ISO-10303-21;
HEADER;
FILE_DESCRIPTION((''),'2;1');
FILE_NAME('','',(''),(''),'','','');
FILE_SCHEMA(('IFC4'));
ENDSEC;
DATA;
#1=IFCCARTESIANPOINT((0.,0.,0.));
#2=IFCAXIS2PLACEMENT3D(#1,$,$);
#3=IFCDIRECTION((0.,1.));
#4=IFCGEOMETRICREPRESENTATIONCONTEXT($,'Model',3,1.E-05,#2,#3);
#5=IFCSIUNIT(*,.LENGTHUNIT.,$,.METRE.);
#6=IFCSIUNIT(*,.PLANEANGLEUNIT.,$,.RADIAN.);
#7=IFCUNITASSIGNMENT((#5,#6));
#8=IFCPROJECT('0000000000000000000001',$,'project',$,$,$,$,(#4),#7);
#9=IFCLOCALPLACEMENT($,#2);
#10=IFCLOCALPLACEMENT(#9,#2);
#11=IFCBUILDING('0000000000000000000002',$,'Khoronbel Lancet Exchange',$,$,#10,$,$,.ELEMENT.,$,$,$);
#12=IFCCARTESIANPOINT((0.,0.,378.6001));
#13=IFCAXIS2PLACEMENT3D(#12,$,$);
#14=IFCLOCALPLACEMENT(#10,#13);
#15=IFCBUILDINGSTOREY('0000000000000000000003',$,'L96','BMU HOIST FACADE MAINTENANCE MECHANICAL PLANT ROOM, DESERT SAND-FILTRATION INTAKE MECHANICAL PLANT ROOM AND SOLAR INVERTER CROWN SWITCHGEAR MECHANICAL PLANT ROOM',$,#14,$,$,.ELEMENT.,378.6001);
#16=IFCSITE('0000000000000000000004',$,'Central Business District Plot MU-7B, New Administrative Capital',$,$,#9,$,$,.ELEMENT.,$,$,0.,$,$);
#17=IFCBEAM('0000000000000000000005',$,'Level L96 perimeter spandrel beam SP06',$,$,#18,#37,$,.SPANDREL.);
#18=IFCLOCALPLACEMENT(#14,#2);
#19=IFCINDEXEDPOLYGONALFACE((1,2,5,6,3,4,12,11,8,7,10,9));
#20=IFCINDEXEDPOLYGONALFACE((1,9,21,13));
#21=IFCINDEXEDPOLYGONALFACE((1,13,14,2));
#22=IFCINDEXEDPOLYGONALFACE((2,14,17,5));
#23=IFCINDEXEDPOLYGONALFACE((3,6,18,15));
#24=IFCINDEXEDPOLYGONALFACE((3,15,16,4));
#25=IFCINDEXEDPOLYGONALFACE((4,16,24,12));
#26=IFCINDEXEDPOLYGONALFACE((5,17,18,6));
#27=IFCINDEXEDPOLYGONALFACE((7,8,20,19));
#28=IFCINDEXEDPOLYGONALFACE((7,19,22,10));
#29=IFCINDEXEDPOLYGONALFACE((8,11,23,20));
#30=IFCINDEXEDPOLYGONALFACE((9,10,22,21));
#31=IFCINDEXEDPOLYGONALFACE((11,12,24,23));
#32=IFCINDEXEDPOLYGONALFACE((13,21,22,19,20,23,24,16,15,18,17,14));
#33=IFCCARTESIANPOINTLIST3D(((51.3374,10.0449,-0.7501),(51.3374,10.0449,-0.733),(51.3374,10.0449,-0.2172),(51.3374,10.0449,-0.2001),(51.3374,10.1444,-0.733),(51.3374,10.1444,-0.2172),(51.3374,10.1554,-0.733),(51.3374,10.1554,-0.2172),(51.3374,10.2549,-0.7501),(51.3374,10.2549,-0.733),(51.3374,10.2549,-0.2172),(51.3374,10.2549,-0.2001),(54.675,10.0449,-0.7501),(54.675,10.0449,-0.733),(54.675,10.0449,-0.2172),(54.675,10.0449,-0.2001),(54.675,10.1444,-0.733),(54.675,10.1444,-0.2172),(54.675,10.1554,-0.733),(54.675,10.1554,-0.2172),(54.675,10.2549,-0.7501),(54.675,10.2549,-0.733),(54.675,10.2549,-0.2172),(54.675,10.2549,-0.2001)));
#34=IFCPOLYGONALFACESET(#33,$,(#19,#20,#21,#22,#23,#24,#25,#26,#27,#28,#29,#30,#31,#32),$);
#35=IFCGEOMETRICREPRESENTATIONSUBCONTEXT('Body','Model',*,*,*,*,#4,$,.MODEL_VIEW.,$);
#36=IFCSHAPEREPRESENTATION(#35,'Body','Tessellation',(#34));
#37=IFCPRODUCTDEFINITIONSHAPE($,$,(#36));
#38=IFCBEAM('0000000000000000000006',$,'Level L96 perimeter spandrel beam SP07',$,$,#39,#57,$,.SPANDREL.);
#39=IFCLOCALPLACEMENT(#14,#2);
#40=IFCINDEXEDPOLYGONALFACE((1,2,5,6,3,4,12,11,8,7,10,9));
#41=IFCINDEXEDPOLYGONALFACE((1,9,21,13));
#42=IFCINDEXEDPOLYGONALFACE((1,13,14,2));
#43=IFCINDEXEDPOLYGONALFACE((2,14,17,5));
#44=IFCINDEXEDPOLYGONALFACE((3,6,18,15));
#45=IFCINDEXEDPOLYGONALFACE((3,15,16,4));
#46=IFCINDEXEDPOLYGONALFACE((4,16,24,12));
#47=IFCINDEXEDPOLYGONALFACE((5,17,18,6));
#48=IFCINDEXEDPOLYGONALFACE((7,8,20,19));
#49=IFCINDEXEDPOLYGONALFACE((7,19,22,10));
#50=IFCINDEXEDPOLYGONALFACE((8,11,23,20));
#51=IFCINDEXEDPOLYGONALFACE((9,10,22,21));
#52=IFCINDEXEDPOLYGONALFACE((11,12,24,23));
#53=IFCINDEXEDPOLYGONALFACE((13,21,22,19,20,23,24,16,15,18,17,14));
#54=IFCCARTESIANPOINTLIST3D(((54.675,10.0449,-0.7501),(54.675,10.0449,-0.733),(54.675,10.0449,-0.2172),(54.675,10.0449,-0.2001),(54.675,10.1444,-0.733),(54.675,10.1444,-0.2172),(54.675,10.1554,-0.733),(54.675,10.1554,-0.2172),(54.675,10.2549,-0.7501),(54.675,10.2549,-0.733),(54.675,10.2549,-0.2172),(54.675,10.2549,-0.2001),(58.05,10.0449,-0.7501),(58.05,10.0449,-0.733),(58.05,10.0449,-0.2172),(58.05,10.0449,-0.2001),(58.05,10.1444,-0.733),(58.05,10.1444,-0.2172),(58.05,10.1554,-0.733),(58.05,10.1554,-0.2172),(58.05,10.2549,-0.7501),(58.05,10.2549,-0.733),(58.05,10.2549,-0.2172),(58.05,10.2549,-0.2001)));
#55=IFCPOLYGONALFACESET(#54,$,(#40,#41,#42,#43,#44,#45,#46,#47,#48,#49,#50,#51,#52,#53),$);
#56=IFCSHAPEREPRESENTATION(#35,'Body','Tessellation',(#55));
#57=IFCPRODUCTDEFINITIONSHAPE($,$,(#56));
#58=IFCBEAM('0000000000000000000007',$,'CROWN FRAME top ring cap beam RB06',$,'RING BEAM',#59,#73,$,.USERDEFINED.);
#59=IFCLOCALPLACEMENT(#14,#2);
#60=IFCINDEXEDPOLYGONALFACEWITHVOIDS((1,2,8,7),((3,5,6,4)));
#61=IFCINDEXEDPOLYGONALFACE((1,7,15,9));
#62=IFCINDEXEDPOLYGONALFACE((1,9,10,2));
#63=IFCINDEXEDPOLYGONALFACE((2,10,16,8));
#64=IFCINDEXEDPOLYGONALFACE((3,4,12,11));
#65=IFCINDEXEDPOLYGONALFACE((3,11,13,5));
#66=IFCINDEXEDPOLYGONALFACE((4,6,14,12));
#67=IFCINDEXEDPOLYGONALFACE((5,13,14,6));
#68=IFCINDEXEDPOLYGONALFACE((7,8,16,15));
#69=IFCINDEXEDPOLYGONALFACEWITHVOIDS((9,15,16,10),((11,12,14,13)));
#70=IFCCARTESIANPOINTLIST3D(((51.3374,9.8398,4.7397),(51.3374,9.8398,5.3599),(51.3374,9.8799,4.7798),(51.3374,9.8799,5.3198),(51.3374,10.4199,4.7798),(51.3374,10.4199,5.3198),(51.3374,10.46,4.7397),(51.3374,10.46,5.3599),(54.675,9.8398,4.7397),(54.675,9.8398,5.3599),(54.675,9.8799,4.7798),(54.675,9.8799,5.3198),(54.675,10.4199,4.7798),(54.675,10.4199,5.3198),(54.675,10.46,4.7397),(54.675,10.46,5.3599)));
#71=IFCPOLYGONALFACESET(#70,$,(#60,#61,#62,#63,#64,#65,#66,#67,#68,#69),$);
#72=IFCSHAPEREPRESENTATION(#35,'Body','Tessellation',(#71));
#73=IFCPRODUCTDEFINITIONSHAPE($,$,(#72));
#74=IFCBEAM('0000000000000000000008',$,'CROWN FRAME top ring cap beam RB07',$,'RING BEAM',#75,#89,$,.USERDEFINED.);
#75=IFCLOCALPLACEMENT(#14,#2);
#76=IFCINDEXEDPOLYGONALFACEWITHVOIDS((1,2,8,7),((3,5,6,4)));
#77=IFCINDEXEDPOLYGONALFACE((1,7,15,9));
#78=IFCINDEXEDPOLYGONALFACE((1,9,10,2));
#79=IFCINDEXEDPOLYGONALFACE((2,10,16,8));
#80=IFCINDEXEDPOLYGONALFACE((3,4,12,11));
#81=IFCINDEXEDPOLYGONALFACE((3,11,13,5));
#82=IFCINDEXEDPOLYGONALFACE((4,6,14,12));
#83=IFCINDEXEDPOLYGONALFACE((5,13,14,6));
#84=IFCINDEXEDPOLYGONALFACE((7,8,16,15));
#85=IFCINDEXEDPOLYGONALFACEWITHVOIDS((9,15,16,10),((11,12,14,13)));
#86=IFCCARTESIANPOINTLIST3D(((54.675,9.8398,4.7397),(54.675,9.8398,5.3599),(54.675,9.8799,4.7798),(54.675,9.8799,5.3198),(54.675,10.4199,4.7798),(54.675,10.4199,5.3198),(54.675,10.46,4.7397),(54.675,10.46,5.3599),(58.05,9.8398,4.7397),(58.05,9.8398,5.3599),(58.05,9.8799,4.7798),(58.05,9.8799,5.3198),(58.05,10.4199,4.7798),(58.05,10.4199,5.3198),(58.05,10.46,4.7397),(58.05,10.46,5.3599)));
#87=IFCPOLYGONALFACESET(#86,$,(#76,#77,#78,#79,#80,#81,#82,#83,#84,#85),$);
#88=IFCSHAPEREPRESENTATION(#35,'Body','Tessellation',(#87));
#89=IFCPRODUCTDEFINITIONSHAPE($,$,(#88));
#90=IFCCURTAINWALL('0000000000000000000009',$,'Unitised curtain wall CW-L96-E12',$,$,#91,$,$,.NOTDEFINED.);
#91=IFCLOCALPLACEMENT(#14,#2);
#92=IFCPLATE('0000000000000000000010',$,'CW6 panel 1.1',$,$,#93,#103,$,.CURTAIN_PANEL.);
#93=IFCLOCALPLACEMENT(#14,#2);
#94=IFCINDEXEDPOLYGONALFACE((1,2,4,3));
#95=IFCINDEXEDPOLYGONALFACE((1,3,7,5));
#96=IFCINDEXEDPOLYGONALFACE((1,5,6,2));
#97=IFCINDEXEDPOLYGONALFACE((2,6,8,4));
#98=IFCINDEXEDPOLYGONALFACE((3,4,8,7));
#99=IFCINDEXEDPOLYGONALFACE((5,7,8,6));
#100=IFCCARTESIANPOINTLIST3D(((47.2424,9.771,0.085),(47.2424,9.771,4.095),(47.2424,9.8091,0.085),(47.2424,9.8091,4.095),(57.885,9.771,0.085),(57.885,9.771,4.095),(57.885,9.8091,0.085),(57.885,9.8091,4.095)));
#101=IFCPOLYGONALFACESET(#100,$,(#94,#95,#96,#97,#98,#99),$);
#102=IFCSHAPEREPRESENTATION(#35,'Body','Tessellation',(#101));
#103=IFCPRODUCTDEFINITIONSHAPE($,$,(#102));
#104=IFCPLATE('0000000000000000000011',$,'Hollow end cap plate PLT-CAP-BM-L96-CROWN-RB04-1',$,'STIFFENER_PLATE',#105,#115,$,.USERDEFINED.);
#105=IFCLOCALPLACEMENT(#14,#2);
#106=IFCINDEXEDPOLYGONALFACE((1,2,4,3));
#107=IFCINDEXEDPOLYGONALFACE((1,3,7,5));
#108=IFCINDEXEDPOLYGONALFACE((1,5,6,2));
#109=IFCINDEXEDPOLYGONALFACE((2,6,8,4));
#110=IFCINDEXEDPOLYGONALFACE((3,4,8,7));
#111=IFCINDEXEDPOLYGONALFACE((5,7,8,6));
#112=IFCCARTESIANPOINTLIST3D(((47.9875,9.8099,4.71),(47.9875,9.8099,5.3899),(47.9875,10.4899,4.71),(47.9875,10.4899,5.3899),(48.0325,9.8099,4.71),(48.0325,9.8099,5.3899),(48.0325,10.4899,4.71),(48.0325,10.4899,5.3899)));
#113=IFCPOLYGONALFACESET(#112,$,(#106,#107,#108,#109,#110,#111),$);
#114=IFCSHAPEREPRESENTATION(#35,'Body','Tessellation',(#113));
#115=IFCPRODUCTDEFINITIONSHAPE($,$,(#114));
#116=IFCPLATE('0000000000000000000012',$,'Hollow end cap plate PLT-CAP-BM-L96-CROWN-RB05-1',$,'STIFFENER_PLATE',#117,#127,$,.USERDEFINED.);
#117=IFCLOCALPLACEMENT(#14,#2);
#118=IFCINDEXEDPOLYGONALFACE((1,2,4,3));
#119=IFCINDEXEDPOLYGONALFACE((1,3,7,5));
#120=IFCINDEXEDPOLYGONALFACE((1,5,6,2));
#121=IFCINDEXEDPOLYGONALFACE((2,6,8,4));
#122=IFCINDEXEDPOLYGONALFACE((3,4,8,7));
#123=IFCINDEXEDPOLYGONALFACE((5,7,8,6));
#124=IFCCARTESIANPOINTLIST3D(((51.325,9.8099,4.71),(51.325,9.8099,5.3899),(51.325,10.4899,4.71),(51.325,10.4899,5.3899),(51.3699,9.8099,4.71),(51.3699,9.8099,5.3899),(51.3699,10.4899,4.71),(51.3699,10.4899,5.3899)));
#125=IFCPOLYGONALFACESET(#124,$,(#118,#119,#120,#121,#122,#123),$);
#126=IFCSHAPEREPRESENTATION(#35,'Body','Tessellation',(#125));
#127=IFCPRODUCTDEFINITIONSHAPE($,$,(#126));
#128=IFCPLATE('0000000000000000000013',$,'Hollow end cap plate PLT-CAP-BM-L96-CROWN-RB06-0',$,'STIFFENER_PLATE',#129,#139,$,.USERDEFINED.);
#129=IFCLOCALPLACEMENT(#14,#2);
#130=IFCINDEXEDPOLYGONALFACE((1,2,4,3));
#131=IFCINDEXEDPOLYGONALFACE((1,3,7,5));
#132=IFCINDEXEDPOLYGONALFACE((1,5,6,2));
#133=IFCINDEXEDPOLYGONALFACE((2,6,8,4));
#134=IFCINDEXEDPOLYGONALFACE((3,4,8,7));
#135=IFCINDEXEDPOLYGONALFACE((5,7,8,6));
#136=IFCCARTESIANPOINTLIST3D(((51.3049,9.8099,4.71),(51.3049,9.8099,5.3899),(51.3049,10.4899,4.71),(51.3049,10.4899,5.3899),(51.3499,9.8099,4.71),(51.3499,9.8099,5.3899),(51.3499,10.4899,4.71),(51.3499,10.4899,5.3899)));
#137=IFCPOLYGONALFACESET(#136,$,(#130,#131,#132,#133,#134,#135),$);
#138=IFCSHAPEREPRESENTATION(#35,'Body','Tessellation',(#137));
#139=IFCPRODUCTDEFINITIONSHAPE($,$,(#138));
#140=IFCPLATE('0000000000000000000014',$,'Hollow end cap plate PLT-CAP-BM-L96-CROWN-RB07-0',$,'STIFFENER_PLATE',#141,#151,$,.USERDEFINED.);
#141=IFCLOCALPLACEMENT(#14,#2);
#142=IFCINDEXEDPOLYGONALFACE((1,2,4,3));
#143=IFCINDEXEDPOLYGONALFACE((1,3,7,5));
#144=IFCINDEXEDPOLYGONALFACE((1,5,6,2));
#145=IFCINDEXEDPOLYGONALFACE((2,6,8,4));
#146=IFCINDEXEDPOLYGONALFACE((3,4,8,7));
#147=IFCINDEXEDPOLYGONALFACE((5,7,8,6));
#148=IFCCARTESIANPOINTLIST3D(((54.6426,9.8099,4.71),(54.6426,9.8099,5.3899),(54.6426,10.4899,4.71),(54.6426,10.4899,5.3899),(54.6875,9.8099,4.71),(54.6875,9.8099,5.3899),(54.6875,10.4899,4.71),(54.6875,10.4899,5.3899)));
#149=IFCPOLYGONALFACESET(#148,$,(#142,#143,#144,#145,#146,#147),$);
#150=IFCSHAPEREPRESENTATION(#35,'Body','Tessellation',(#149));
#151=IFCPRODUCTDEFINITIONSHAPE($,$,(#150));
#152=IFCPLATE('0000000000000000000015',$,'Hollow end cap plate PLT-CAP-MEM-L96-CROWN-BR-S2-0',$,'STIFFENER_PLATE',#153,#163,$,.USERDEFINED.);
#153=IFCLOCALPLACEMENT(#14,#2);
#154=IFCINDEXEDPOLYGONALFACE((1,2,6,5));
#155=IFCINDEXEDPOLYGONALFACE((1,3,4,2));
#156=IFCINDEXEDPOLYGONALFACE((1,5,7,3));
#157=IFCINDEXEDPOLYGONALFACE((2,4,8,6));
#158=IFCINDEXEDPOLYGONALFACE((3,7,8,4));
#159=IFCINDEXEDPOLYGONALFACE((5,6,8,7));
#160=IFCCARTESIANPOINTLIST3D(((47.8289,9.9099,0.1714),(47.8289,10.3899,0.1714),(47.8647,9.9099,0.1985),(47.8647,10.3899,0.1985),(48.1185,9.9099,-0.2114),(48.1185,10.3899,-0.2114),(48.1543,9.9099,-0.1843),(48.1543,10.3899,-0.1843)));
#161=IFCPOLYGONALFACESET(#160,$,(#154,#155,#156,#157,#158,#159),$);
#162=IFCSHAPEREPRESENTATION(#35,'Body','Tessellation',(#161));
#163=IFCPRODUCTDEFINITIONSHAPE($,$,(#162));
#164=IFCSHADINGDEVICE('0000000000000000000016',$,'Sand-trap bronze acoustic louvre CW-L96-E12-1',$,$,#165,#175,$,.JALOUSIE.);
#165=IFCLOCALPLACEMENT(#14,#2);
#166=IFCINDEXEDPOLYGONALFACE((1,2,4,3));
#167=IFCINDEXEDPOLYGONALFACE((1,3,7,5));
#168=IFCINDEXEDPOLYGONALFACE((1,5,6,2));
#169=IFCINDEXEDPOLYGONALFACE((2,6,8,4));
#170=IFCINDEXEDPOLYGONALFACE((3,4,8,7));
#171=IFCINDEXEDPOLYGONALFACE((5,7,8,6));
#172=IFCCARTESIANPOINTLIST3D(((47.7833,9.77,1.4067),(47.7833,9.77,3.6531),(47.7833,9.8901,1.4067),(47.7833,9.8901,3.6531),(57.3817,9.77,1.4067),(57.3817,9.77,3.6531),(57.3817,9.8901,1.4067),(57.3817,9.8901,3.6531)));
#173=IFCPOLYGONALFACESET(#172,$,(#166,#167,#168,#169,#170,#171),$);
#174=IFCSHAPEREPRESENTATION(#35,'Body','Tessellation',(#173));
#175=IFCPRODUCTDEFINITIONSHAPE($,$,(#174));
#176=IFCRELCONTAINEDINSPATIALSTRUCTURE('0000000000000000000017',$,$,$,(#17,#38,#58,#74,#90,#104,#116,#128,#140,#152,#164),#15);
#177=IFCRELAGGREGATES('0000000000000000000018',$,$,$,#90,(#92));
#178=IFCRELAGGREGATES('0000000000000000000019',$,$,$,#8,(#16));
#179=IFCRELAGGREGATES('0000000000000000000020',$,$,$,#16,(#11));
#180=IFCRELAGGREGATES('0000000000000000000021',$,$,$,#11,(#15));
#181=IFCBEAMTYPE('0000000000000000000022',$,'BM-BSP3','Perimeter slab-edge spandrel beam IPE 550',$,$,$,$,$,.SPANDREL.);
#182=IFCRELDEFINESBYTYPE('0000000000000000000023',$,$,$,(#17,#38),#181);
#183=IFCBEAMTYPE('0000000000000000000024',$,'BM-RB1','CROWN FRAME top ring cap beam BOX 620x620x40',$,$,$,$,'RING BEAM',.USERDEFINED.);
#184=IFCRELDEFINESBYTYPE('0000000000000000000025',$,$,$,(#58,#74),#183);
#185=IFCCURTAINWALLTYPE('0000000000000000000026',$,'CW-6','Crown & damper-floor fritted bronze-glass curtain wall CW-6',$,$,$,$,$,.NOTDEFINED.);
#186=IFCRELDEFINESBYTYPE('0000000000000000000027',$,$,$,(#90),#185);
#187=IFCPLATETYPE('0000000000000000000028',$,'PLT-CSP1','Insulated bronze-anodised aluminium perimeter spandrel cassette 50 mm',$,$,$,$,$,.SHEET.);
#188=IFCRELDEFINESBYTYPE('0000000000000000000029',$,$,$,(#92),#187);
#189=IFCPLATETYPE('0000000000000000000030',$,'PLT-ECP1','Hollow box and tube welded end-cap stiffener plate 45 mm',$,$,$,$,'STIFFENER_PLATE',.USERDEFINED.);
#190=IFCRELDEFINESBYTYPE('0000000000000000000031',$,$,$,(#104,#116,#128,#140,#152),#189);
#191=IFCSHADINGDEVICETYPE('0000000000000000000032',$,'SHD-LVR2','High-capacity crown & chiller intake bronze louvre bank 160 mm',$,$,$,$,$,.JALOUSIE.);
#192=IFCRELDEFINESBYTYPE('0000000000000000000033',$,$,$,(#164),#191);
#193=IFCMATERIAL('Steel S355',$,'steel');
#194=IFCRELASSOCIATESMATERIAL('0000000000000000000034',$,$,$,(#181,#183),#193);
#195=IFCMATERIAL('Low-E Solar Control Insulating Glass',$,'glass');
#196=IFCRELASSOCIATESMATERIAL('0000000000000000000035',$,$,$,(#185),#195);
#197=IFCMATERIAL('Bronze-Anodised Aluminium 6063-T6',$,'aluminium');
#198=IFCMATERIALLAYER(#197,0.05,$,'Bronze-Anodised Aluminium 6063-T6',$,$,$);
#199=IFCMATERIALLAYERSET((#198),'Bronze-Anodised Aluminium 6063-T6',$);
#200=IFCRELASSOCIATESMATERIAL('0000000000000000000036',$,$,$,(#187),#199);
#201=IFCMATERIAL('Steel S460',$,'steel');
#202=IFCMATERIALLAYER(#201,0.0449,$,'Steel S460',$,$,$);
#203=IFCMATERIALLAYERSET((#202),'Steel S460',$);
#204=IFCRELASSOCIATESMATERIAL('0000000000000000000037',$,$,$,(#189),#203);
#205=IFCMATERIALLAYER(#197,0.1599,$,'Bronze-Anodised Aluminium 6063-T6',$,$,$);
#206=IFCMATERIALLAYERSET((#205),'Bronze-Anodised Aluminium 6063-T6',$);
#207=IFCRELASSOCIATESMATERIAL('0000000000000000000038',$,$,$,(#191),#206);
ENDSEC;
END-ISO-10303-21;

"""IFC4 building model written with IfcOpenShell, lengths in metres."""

from ifc_helpers import new_model, si_unit, direction, frame, origin, origin_2d, place, context, subcontext, project, spatial, polyline, rectangle, hollow_rectangle, i_section, outline, extrude, material, layer, layer_set, material_profile, profile_set, type_object, element, aggregate, save


model = new_model("IFC4")

# Units and contexts
model_context = context("Model", 3, precision=1e-05, world=origin(), true_north=direction((0.0, 1.0)))
body_context = subcontext(model_context, "Body", "Model", "MODEL_VIEW")
ifc_project = project(units=[si_unit("LENGTHUNIT", "METRE"), si_unit("PLANEANGLEUNIT", "RADIAN")], contexts=[model_context])

# Site, building, storey
site_placement = place(None, origin())
site = spatial("IfcSite", under=ifc_project, at=site_placement, Name="Central Business District Plot MU-7B, New Administrative Capital", CompositionType="ELEMENT", RefElevation=0.0)
building_placement = place(site_placement, origin())
building = spatial("IfcBuilding", under=site, at=building_placement, Name="Khoronbel Lancet Exchange", CompositionType="ELEMENT")
storey_placement = place(building_placement, frame((0.0, 0.0, 378.6001)))
storey = spatial("IfcBuildingStorey", under=building, at=storey_placement, Name="L96", Description="BMU HOIST FACADE MAINTENANCE MECHANICAL PLANT ROOM, DESERT SAND-FILTRATION INTAKE MECHANICAL PLANT ROOM AND SOLAR INVERTER CROWN SWITCHGEAR MECHANICAL PLANT ROOM", CompositionType="ELEMENT", Elevation=378.6001)

# Shared definitions
ifc_material_1 = material(Name="Steel S355", Category="steel")
ifc_material_2 = material(Name="Steel S460", Category="steel")

# Beams
ifc_material_profile_1 = material_profile(ifc_material_1, i_section(OverallWidth=0.21, OverallDepth=0.55, WebThickness=0.011, FlangeThickness=0.0171, at=origin_2d()), Name="IPE 550")
ifc_profile_set_1 = profile_set([ifc_material_profile_1], Name="Steel S355")
beam_type_1 = type_object("IfcBeamType", Name="BM-BSP3", Description="Perimeter slab-edge spandrel beam IPE 550", PredefinedType="SPANDREL", material=ifc_profile_set_1)
beam_1_placement = place(storey_placement, frame((51.3374, 10.1499, -0.4751), z_axis=(1.0, 0.0, 0.0), x_axis=(0.0, 1.0, 0.0)))
element("IfcBeam", 1, at=beam_1_placement, inside=storey, type_object=beam_type_1, Name="Level L96 perimeter spandrel beam SP06", PredefinedType="SPANDREL", context=body_context, shape_type="SweptSolid", body=[
    extrude(i_section(OverallWidth=0.21, OverallDepth=0.55, WebThickness=0.011, FlangeThickness=0.0171, at=origin_2d()), origin(), (0.0, 0.0, 1.0), 3.3376),
])
beam_2_placement = place(storey_placement, frame((54.675, 10.1499, -0.4751), z_axis=(1.0, 0.0, 0.0), x_axis=(0.0, 1.0, 0.0)))
element("IfcBeam", 2, at=beam_2_placement, inside=storey, type_object=beam_type_1, Name="Level L96 perimeter spandrel beam SP07", PredefinedType="SPANDREL", context=body_context, shape_type="SweptSolid", body=[
    extrude(i_section(OverallWidth=0.21, OverallDepth=0.55, WebThickness=0.011, FlangeThickness=0.0171, at=origin_2d()), origin(), (0.0, 0.0, 1.0), 3.375),
])
ifc_material_profile_2 = material_profile(ifc_material_1, hollow_rectangle(XDim=0.6201, YDim=0.6201, WallThickness=0.04, at=origin_2d()), Name="BOX 620x620x40")
ifc_profile_set_2 = profile_set([ifc_material_profile_2], Name="Steel S355")
beam_type_2 = type_object("IfcBeamType", Name="BM-RB1", Description="CROWN FRAME top ring cap beam BOX 620x620x40", ElementType="RING BEAM", PredefinedType="USERDEFINED", material=ifc_profile_set_2)
beam_3_placement = place(storey_placement, frame((51.3374, 10.1499, 5.0498), z_axis=(1.0, 0.0, 0.0), x_axis=(0.0, 1.0, 0.0)))
element("IfcBeam", 3, at=beam_3_placement, inside=storey, type_object=beam_type_2, Name="CROWN FRAME top ring cap beam RB06", ObjectType="RING BEAM", PredefinedType="USERDEFINED", context=body_context, shape_type="SweptSolid", body=[
    extrude(hollow_rectangle(XDim=0.6201, YDim=0.6201, WallThickness=0.04, at=origin_2d()), origin(), (0.0, 0.0, 1.0), 3.3376),
])
beam_4_placement = place(storey_placement, frame((54.675, 10.1499, 5.0498), z_axis=(1.0, 0.0, 0.0), x_axis=(0.0, 1.0, 0.0)))
element("IfcBeam", 4, at=beam_4_placement, inside=storey, type_object=beam_type_2, Name="CROWN FRAME top ring cap beam RB07", ObjectType="RING BEAM", PredefinedType="USERDEFINED", context=body_context, shape_type="SweptSolid", body=[
    extrude(hollow_rectangle(XDim=0.6201, YDim=0.6201, WallThickness=0.04, at=origin_2d()), origin(), (0.0, 0.0, 1.0), 3.375),
])

# Curtain wall, plate
ifc_material_3 = material(Name="Low-E Solar Control Insulating Glass", Category="glass")
curtain_wall_type = type_object("IfcCurtainWallType", Name="CW-6", Description="Crown & damper-floor fritted bronze-glass curtain wall CW-6", PredefinedType="NOTDEFINED", material=ifc_material_3)
curtain_wall_placement = place(storey_placement, origin())
curtain_wall = element("IfcCurtainWall", 5, at=curtain_wall_placement, inside=storey, type_object=curtain_wall_type, Name="Unitised curtain wall CW-L96-E12", PredefinedType="NOTDEFINED")
ifc_material_4 = material(Name="Bronze-Anodised Aluminium 6063-T6", Category="aluminium")
ifc_layer_1 = layer(ifc_material_4, 0.05, Name="Bronze-Anodised Aluminium 6063-T6")
ifc_layer_set_1 = layer_set([ifc_layer_1], Name="Bronze-Anodised Aluminium 6063-T6")
plate_type_1 = type_object("IfcPlateType", Name="PLT-CSP1", Description="Insulated bronze-anodised aluminium perimeter spandrel cassette 50 mm", PredefinedType="SHEET", material=ifc_layer_set_1)
plate_1_placement = place(storey_placement, frame((52.5637, 9.79, 0.085), z_axis=(0.0, 0.0, 1.0), x_axis=(-1.0, 0.0, 0.0)))
plate_1 = element("IfcPlate", 6, at=plate_1_placement, type_object=plate_type_1, Name="CW6 panel 1.1", PredefinedType="CURTAIN_PANEL", context=body_context, shape_type="SweptSolid", body=[
    extrude(rectangle(XDim=10.6426, YDim=0.0381, at=origin_2d()), origin(), (0.0, 0.0, 1.0), 4.01),
])
aggregate(curtain_wall, [plate_1])

# Plates
ifc_layer_2 = layer(ifc_material_2, 0.0449, Name="Steel S460")
ifc_layer_set_2 = layer_set([ifc_layer_2], Name="Steel S460")
plate_type_2 = type_object("IfcPlateType", Name="PLT-ECP1", Description="Hollow box and tube welded end-cap stiffener plate 45 mm", ElementType="STIFFENER_PLATE", PredefinedType="USERDEFINED", material=ifc_layer_set_2)
for number, where, z_axis, x_axis, name in (
    (7, (48.01, 10.1499, 4.71), (0.0, 0.0, 1.0), (1.0, 0.0, 0.0), "Hollow end cap plate PLT-CAP-BM-L96-CROWN-RB04-1"),
    (8, (51.3474, 10.1499, 4.71), (0.0, 0.0, 1.0), (1.0, 0.0, 0.0), "Hollow end cap plate PLT-CAP-BM-L96-CROWN-RB05-1"),
    (9, (51.3274, 10.1499, 4.71), (0.0, 0.0, 1.0), (-1.0, 0.0, 0.0), "Hollow end cap plate PLT-CAP-BM-L96-CROWN-RB06-0"),
    (10, (54.665, 10.1499, 4.71), (0.0, 0.0, 1.0), (-1.0, 0.0, 0.0), "Hollow end cap plate PLT-CAP-BM-L96-CROWN-RB07-0"),
):
    element("IfcPlate", number, at=place(storey_placement, frame(where, z_axis=z_axis, x_axis=x_axis)), inside=storey, type_object=plate_type_2, Name=name, ObjectType="STIFFENER_PLATE", PredefinedType="USERDEFINED", context=body_context, shape_type="SweptSolid", body=[
        extrude(rectangle(XDim=0.0449, YDim=0.6799, at=origin_2d()), origin(), (0.0, 0.0, 1.0), 0.6799),
    ])
plate_2_placement = place(storey_placement, frame((48.1543, 9.9099, -0.1843), z_axis=(0.797552, 0.0, 0.60325), x_axis=(0.0, 1.0, 0.0)))
element("IfcPlate", 11, at=plate_2_placement, inside=storey, type_object=plate_type_2, Name="Hollow end cap plate PLT-CAP-MEM-L96-CROWN-BR-S2-0", ObjectType="STIFFENER_PLATE", PredefinedType="USERDEFINED", context=body_context, shape_type="SweptSolid", body=[
    extrude(outline(polyline([(0.0, 0.0), (0.48, 0.0), (0.48, 0.48), (0.0, 0.48), (0.0, 0.0)])), origin(), (0.0, 0.0, -1.0), 0.0449),
])

# Shading device
ifc_layer_3 = layer(ifc_material_4, 0.1599, Name="Bronze-Anodised Aluminium 6063-T6")
ifc_layer_set_3 = layer_set([ifc_layer_3], Name="Bronze-Anodised Aluminium 6063-T6")
shading_device_type = type_object("IfcShadingDeviceType", Name="SHD-LVR2", Description="High-capacity crown & chiller intake bronze louvre bank 160 mm", PredefinedType="JALOUSIE", material=ifc_layer_set_3)
shading_device_placement = place(storey_placement, frame((52.5825, 9.8301, 1.4067), z_axis=(0.0, 0.0, 1.0), x_axis=(-1.0, 0.0, 0.0)))
element("IfcShadingDevice", 12, at=shading_device_placement, inside=storey, type_object=shading_device_type, Name="Sand-trap bronze acoustic louvre CW-L96-E12-1", PredefinedType="JALOUSIE", context=body_context, shape_type="SweptSolid", body=[
    extrude(rectangle(XDim=9.5984, YDim=0.1201, at=origin_2d()), origin(), (0.0, 0.0, 1.0), 2.2463),
])

save(model, "model.ifc")
